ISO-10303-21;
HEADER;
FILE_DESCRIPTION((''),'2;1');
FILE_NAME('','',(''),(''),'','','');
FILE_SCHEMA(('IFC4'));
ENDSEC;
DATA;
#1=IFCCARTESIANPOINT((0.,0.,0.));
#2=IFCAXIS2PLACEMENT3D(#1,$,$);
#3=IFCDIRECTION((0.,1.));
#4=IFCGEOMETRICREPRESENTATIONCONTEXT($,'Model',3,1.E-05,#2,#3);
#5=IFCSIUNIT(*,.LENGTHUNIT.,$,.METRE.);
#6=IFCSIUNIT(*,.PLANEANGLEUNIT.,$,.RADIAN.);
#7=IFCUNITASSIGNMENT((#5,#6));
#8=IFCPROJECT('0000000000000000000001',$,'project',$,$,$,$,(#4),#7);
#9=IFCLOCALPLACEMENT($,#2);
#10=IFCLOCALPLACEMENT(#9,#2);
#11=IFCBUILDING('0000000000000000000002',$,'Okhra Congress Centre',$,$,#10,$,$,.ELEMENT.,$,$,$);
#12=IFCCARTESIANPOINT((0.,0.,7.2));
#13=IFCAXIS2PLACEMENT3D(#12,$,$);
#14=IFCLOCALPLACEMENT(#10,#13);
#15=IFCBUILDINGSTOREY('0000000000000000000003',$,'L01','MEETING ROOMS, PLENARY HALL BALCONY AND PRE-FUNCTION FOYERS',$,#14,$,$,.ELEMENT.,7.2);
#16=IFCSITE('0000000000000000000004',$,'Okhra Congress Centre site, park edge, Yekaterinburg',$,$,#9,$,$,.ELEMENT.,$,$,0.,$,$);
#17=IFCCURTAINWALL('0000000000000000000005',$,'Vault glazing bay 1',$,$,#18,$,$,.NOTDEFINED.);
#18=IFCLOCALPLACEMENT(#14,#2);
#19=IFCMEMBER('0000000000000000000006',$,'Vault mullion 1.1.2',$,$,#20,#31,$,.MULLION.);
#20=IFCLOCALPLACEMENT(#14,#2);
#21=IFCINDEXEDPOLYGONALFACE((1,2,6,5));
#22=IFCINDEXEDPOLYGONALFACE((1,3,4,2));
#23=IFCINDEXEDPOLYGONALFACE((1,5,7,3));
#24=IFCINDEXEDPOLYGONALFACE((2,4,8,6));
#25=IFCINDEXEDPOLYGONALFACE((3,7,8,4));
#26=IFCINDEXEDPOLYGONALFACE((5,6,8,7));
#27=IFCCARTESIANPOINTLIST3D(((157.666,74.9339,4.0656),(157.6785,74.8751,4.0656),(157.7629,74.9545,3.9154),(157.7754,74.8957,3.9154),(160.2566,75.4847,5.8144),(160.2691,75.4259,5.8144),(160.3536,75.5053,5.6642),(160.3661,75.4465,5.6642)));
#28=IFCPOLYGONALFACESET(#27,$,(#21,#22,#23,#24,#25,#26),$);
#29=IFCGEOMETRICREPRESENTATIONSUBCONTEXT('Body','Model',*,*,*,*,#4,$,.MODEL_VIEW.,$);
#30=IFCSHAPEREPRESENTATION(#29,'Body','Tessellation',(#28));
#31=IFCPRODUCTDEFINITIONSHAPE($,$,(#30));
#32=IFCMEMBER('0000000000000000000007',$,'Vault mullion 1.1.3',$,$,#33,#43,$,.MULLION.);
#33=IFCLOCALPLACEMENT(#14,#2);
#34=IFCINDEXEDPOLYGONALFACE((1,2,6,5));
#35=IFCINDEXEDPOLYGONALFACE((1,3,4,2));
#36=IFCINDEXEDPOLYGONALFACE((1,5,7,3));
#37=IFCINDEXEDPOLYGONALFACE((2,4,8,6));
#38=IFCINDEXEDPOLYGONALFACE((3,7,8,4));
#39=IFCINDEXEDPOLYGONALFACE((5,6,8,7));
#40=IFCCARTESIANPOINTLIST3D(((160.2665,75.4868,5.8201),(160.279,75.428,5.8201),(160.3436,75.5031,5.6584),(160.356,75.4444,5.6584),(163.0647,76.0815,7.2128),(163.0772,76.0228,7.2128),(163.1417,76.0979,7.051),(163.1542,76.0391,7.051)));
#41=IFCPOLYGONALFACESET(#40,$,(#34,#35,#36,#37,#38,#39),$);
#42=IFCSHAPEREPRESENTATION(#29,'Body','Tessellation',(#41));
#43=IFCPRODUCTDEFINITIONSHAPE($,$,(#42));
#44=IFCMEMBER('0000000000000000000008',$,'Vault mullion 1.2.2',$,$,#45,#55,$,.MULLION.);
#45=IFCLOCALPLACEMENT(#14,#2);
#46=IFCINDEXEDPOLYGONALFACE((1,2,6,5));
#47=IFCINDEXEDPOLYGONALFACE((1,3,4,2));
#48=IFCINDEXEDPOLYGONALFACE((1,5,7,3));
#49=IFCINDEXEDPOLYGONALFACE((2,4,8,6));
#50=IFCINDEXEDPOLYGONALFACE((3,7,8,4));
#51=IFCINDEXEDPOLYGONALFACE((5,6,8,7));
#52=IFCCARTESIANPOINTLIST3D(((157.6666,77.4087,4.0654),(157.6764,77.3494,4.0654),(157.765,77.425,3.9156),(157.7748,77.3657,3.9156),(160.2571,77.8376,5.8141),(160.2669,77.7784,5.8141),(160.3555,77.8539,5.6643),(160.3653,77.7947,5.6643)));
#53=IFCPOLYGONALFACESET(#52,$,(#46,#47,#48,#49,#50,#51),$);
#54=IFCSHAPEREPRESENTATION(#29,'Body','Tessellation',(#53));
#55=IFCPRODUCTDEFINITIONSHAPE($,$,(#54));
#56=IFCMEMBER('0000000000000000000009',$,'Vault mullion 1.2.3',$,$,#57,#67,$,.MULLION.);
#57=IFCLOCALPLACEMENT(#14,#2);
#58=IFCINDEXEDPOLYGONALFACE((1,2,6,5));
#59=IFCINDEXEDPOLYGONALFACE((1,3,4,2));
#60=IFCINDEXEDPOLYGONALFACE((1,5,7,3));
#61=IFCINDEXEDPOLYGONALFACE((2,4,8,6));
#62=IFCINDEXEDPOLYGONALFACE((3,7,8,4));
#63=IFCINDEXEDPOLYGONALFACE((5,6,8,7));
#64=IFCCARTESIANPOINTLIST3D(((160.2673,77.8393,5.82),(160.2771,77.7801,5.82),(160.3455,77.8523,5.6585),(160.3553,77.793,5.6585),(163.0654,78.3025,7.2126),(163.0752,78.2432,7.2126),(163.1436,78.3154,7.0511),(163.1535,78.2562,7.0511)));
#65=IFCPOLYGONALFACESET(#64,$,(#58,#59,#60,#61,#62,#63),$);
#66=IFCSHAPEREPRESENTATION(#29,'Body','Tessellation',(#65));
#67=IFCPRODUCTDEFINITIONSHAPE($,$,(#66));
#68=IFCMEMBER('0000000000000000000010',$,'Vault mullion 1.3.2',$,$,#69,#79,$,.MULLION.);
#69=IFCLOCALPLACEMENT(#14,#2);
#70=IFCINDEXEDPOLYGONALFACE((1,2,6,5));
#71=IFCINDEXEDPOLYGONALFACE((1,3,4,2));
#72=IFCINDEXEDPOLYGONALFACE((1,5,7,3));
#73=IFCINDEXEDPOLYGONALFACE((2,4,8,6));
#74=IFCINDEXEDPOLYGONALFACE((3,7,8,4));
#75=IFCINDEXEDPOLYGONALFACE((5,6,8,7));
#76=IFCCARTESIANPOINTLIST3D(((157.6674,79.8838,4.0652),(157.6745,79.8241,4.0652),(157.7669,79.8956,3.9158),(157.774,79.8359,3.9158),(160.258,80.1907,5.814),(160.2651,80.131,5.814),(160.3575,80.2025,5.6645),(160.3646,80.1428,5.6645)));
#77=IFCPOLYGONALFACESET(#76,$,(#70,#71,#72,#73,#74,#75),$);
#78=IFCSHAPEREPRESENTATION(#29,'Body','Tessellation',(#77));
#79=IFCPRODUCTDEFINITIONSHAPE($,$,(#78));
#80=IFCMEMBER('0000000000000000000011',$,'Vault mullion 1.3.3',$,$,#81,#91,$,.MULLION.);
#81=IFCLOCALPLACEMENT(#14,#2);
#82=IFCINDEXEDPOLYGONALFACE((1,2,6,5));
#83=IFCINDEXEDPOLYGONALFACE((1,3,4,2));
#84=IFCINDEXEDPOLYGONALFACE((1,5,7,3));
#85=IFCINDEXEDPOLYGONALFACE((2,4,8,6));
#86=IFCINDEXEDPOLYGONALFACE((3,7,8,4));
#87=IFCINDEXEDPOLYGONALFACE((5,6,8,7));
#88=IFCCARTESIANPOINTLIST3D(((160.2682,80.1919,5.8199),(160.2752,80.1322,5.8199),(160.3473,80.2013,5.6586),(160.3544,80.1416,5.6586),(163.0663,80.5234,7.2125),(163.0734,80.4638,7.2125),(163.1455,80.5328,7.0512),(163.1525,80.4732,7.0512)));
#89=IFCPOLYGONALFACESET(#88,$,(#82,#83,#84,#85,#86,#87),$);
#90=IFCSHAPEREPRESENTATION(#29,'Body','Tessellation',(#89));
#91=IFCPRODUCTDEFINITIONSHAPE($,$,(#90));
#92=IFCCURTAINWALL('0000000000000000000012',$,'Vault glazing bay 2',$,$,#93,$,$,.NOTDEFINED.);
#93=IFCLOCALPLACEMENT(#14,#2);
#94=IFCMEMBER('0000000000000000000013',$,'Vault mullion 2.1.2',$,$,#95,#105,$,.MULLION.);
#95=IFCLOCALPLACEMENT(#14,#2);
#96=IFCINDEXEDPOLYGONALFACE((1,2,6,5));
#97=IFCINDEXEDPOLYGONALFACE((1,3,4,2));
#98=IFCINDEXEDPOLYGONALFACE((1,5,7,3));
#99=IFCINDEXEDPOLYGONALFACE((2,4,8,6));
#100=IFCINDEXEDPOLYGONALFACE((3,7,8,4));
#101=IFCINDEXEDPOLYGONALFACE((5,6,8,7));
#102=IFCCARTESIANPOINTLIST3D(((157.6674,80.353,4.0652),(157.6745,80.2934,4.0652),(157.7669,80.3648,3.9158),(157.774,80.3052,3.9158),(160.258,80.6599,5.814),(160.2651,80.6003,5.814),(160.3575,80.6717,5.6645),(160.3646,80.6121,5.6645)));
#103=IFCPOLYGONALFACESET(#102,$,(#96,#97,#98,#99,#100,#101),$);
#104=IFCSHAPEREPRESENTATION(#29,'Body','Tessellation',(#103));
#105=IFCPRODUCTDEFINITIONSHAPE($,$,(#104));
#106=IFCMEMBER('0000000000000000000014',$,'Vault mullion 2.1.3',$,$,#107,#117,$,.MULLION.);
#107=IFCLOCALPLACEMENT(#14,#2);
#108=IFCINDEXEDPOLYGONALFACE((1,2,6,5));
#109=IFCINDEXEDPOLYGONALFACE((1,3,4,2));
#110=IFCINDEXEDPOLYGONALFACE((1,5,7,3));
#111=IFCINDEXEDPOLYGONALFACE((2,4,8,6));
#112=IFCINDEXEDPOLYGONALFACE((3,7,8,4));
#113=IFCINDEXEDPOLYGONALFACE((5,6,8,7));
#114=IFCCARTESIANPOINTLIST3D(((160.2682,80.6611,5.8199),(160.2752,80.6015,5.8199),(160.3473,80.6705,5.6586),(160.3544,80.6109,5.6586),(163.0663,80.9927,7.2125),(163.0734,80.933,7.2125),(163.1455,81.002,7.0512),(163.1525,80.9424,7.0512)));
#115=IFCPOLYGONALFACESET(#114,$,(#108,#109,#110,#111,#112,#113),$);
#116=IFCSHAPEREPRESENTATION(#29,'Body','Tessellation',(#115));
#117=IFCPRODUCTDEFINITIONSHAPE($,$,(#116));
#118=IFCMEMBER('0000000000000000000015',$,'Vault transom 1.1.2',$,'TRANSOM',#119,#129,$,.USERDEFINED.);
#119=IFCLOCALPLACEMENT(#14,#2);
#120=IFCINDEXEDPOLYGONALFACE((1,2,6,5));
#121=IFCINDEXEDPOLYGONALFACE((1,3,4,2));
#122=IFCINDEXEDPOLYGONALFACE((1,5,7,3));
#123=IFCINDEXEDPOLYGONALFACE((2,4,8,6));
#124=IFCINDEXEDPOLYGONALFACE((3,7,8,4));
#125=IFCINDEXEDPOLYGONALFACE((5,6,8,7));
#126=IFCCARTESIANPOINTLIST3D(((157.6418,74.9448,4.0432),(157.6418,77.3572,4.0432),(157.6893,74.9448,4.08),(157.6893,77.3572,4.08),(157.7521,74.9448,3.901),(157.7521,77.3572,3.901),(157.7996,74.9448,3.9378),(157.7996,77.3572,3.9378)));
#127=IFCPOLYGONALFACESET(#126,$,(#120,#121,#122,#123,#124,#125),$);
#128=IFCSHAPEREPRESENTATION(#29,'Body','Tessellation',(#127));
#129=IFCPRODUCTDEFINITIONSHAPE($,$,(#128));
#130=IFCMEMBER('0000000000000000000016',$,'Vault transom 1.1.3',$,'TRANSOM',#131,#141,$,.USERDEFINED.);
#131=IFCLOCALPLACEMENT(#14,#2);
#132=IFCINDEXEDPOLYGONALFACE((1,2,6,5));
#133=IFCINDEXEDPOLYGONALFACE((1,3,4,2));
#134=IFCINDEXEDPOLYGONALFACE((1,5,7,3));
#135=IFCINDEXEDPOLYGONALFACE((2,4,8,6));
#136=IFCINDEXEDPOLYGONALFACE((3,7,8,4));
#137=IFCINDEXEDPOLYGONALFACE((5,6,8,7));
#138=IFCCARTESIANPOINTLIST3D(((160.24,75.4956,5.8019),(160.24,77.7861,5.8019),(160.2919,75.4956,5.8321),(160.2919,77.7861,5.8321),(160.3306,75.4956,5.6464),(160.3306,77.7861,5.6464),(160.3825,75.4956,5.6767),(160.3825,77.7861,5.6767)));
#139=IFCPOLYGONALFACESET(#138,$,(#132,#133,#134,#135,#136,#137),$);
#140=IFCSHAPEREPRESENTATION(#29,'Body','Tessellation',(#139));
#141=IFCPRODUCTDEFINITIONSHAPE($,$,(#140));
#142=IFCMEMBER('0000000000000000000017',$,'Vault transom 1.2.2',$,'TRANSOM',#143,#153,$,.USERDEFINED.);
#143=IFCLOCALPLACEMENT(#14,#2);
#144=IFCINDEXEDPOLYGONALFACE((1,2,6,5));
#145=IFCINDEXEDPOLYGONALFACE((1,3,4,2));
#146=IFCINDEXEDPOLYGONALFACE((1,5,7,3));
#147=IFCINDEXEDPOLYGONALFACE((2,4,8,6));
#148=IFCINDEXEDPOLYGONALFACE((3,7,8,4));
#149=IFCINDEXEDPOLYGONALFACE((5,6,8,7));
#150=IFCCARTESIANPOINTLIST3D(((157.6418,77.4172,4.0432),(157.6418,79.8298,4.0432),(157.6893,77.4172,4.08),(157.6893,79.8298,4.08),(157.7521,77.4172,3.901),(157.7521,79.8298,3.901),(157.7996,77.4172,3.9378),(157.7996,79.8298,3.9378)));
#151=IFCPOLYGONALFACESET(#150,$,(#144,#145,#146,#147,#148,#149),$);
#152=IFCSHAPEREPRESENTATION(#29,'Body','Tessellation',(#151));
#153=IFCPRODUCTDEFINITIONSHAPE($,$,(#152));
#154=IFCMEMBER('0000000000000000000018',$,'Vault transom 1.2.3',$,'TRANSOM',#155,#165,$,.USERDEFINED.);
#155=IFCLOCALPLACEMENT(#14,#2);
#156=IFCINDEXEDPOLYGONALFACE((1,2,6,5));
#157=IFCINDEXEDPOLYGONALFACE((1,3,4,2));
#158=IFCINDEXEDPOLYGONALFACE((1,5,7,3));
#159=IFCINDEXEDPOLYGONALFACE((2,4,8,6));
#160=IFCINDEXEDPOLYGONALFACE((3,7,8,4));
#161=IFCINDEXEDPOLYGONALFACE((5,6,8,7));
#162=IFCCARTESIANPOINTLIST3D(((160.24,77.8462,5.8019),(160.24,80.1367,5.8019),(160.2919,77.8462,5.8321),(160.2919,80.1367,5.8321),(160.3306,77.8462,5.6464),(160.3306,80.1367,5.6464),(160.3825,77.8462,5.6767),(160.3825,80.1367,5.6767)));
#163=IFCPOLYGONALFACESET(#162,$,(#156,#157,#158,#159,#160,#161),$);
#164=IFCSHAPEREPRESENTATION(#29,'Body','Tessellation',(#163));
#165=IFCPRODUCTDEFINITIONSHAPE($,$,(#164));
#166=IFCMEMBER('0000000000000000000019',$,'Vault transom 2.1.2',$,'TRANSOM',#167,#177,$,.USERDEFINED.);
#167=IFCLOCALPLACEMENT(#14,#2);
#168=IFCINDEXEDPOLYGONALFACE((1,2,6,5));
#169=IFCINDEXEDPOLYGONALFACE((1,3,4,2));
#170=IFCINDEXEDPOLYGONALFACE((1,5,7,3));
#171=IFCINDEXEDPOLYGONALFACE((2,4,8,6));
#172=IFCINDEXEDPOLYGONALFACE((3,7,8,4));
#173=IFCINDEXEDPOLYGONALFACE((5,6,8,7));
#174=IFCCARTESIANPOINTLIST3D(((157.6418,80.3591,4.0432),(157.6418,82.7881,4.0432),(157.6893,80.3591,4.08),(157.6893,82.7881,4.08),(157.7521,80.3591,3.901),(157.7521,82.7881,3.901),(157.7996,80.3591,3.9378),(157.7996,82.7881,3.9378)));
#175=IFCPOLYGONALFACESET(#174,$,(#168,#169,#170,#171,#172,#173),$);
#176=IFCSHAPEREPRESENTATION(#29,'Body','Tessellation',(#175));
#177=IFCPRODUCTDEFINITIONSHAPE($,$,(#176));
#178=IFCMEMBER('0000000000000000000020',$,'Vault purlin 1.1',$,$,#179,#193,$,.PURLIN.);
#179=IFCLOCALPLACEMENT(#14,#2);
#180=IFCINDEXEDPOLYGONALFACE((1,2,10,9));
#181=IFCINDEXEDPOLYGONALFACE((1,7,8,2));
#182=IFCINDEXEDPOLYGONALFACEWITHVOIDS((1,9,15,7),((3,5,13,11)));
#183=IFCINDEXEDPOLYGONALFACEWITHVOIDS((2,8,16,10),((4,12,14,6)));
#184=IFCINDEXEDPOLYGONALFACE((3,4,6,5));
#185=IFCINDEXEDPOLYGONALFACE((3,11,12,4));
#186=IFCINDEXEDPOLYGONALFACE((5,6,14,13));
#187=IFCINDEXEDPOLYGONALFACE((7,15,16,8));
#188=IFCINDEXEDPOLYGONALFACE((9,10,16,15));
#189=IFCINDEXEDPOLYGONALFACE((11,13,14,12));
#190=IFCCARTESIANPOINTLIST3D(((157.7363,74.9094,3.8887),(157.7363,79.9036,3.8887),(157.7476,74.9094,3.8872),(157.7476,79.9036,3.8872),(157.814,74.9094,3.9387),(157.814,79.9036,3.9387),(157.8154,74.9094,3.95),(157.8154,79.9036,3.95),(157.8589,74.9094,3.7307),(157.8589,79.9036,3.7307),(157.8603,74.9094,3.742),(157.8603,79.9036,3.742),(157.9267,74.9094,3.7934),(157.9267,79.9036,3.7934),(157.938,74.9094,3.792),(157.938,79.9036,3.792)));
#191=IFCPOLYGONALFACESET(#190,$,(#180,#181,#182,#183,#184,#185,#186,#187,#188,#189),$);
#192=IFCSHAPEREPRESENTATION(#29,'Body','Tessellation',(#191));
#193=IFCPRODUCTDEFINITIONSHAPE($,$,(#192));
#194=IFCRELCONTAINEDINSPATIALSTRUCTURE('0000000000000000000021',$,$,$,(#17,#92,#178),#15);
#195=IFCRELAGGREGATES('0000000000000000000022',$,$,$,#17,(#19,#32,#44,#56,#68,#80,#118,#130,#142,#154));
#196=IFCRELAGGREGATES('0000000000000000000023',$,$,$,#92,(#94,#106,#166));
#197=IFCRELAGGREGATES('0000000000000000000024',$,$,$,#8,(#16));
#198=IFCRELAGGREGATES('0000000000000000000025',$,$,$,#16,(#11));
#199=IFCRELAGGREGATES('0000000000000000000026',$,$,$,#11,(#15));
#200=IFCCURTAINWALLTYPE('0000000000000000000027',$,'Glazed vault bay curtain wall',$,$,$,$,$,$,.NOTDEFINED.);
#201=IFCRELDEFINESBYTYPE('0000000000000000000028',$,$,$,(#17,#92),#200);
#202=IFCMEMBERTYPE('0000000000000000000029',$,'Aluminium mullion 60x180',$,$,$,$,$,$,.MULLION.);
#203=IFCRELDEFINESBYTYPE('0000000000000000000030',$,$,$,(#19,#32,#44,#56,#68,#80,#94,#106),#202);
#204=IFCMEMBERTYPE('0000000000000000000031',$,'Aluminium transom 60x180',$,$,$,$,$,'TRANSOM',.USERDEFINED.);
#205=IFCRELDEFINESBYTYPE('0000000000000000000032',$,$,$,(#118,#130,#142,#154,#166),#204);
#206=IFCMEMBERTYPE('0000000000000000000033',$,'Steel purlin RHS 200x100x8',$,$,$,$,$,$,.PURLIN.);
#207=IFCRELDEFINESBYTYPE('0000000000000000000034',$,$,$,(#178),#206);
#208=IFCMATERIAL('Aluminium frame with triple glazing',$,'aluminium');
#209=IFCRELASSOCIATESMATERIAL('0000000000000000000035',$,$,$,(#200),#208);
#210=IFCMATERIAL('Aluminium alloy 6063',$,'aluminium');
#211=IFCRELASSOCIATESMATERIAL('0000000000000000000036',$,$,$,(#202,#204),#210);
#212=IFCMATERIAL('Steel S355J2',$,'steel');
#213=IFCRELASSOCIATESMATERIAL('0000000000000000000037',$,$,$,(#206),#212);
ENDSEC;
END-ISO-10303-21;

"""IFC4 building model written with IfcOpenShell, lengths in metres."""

from ifc_helpers import new_model, si_unit, direction, frame, origin, origin_2d, place, context, subcontext, project, spatial, rectangle, hollow_rectangle, extrude, material, material_profile, profile_set, type_object, element, aggregate, save


model = new_model("IFC4")

# Units and contexts
model_context = context("Model", 3, precision=1e-05, world=origin(), true_north=direction((0.0, 1.0)))
body_context = subcontext(model_context, "Body", "Model", "MODEL_VIEW")
ifc_project = project(units=[si_unit("LENGTHUNIT", "METRE"), si_unit("PLANEANGLEUNIT", "RADIAN")], contexts=[model_context])

# Site, building, storey
site_placement = place(None, origin())
site = spatial("IfcSite", under=ifc_project, at=site_placement, Name="Okhra Congress Centre site, park edge, Yekaterinburg", CompositionType="ELEMENT", RefElevation=0.0)
building_placement = place(site_placement, origin())
building = spatial("IfcBuilding", under=site, at=building_placement, Name="Okhra Congress Centre", CompositionType="ELEMENT")
storey_placement = place(building_placement, frame((0.0, 0.0, 7.2)))
storey = spatial("IfcBuildingStorey", under=building, at=storey_placement, Name="L01", Description="MEETING ROOMS, PLENARY HALL BALCONY AND PRE-FUNCTION FOYERS", CompositionType="ELEMENT", Elevation=7.2)

# Curtain walls, members
ifc_material_1 = material(Name="Aluminium frame with triple glazing", Category="aluminium")
curtain_wall_type = type_object("IfcCurtainWallType", Name="Glazed vault bay curtain wall", PredefinedType="NOTDEFINED", material=ifc_material_1)
curtain_wall_1_placement = place(storey_placement, origin())
curtain_wall_1 = element("IfcCurtainWall", 1, at=curtain_wall_1_placement, inside=storey, type_object=curtain_wall_type, Name="Vault glazing bay 1", PredefinedType="NOTDEFINED")
ifc_material_2 = material(Name="Aluminium alloy 6063", Category="aluminium")
ifc_material_profile_1 = material_profile(ifc_material_2, rectangle(XDim=0.0601, YDim=0.1799, at=origin_2d()), Name="AL 60x180")
ifc_profile_set_1 = profile_set([ifc_material_profile_1], Name="Aluminium alloy 6063")
member_type_1 = type_object("IfcMemberType", Name="Aluminium mullion 60x180", PredefinedType="MULLION", material=ifc_profile_set_1)
member_1_placement = place(storey_placement, frame((157.7207, 74.9148, 3.9905), z_axis=(0.816251, 0.173543, 0.551014), x_axis=(-0.207961, 0.978137, 0.0)))
member_1 = element("IfcMember", 2, at=member_1_placement, type_object=member_type_1, Name="Vault mullion 1.1.2", PredefinedType="MULLION", context=body_context, shape_type="SweptSolid", body=[
    extrude(rectangle(XDim=0.0601, YDim=0.1799, at=origin_2d()), origin(), (0.0, 0.0, 1.0), 3.1738),
])
member_2_placement = place(storey_placement, frame((160.3113, 75.4656, 5.7393), z_axis=(0.879473, 0.186929, 0.437703), x_axis=(-0.207903, 0.97815, 0.0)))
member_2 = element("IfcMember", 3, at=member_2_placement, type_object=member_type_1, Name="Vault mullion 1.1.3", PredefinedType="MULLION", context=body_context, shape_type="SweptSolid", body=[
    extrude(rectangle(XDim=0.0601, YDim=0.1799, at=origin_2d()), origin(), (0.0, 0.0, 1.0), 3.1816),
])
member_3_placement = place(storey_placement, frame((157.7207, 77.3872, 3.9905), z_axis=(0.821131, 0.135965, 0.554308), x_axis=(-0.163359, 0.986567, 0.0)))
member_3 = element("IfcMember", 4, at=member_3_placement, type_object=member_type_1, Name="Vault mullion 1.2.2", PredefinedType="MULLION", context=body_context, shape_type="SweptSolid", body=[
    extrude(rectangle(XDim=0.0601, YDim=0.1799, at=origin_2d()), origin(), (0.0, 0.0, 1.0), 3.1548),
])
member_4_placement = place(storey_placement, frame((160.3113, 77.8162, 5.7393), z_axis=(0.885584, 0.14658, 0.440744), x_axis=(-0.163296, 0.986577, 0.0)))
member_4 = element("IfcMember", 5, at=member_4_placement, type_object=member_type_1, Name="Vault mullion 1.2.3", PredefinedType="MULLION", context=body_context, shape_type="SweptSolid", body=[
    extrude(rectangle(XDim=0.0601, YDim=0.1799, at=origin_2d()), origin(), (0.0, 0.0, 1.0), 3.1597),
])
member_5_placement = place(storey_placement, frame((157.7207, 79.8599, 3.9905), z_axis=(0.824861, 0.097715, 0.556826), x_axis=(-0.117639, 0.993056, 0.0)))
member_5 = element("IfcMember", 6, at=member_5_placement, type_object=member_type_1, Name="Vault mullion 1.3.2", PredefinedType="MULLION", context=body_context, shape_type="SweptSolid", body=[
    extrude(rectangle(XDim=0.0601, YDim=0.1799, at=origin_2d()), origin(), (0.0, 0.0, 1.0), 3.1406),
])
member_6_placement = place(storey_placement, frame((160.3113, 80.1667, 5.7393), z_axis=(0.890259, 0.105486, 0.443071), x_axis=(-0.117666, 0.993053, 0.0)))
member_6 = element("IfcMember", 7, at=member_6_placement, type_object=member_type_1, Name="Vault mullion 1.3.3", PredefinedType="MULLION", context=body_context, shape_type="SweptSolid", body=[
    extrude(rectangle(XDim=0.0601, YDim=0.1799, at=origin_2d()), origin(), (0.0, 0.0, 1.0), 3.1431),
])
curtain_wall_2_placement = place(storey_placement, origin())
curtain_wall_2 = element("IfcCurtainWall", 8, at=curtain_wall_2_placement, inside=storey, type_object=curtain_wall_type, Name="Vault glazing bay 2", PredefinedType="NOTDEFINED")
member_7_placement = place(storey_placement, frame((157.7207, 80.3291, 3.9905), z_axis=(0.824861, 0.097715, 0.556826), x_axis=(-0.117639, 0.993056, 0.0)))
member_7 = element("IfcMember", 9, at=member_7_placement, type_object=member_type_1, Name="Vault mullion 2.1.2", PredefinedType="MULLION", context=body_context, shape_type="SweptSolid", body=[
    extrude(rectangle(XDim=0.0601, YDim=0.1799, at=origin_2d()), origin(), (0.0, 0.0, 1.0), 3.1406),
])
member_8_placement = place(storey_placement, frame((160.3113, 80.636, 5.7393), z_axis=(0.890259, 0.105486, 0.443071), x_axis=(-0.117666, 0.993053, 0.0)))
member_8 = element("IfcMember", 10, at=member_8_placement, type_object=member_type_1, Name="Vault mullion 2.1.3", PredefinedType="MULLION", context=body_context, shape_type="SweptSolid", body=[
    extrude(rectangle(XDim=0.0601, YDim=0.1799, at=origin_2d()), origin(), (0.0, 0.0, 1.0), 3.1431),
])

# Members
ifc_material_profile_2 = material_profile(ifc_material_2, rectangle(XDim=0.0601, YDim=0.1799, at=origin_2d()), Name="AL 60x180 transom")
ifc_profile_set_2 = profile_set([ifc_material_profile_2], Name="Aluminium alloy 6063")
member_type_2 = type_object("IfcMemberType", Name="Aluminium transom 60x180", ElementType="TRANSOM", PredefinedType="USERDEFINED", material=ifc_profile_set_2)
member_9_placement = place(storey_placement, frame((157.7207, 74.9448, 3.9905), z_axis=(0.0, 1.0, 0.0), x_axis=(-0.790145, 0.0, -0.61292)))
member_9 = element("IfcMember", 11, at=member_9_placement, type_object=member_type_2, Name="Vault transom 1.1.2", ObjectType="TRANSOM", PredefinedType="USERDEFINED", context=body_context, shape_type="SweptSolid", body=[
    extrude(rectangle(XDim=0.0601, YDim=0.1799, at=origin_2d()), origin(), (0.0, 0.0, 1.0), 2.4124),
])
member_10_placement = place(storey_placement, frame((160.3113, 75.4956, 5.7393), z_axis=(0.0, 1.0, 0.0), x_axis=(-0.863917, 0.0, -0.503634)))
member_10 = element("IfcMember", 12, at=member_10_placement, type_object=member_type_2, Name="Vault transom 1.1.3", ObjectType="TRANSOM", PredefinedType="USERDEFINED", context=body_context, shape_type="SweptSolid", body=[
    extrude(rectangle(XDim=0.0601, YDim=0.1799, at=origin_2d()), origin(), (0.0, 0.0, 1.0), 2.2905),
])
member_11_placement = place(storey_placement, frame((157.7207, 77.4172, 3.9905), z_axis=(0.0, 1.0, 0.0), x_axis=(-0.790145, 0.0, -0.61292)))
member_11 = element("IfcMember", 13, at=member_11_placement, type_object=member_type_2, Name="Vault transom 1.2.2", ObjectType="TRANSOM", PredefinedType="USERDEFINED", context=body_context, shape_type="SweptSolid", body=[
    extrude(rectangle(XDim=0.0601, YDim=0.1799, at=origin_2d()), origin(), (0.0, 0.0, 1.0), 2.4126),
])
member_12_placement = place(storey_placement, frame((160.3113, 77.8462, 5.7393), z_axis=(0.0, 1.0, 0.0), x_axis=(-0.863917, 0.0, -0.503634)))
member_12 = element("IfcMember", 14, at=member_12_placement, type_object=member_type_2, Name="Vault transom 1.2.3", ObjectType="TRANSOM", PredefinedType="USERDEFINED", context=body_context, shape_type="SweptSolid", body=[
    extrude(rectangle(XDim=0.0601, YDim=0.1799, at=origin_2d()), origin(), (0.0, 0.0, 1.0), 2.2905),
])
member_13_placement = place(storey_placement, frame((157.7207, 80.3591, 3.9905), z_axis=(0.0, 1.0, 0.0), x_axis=(-0.790145, 0.0, -0.61292)))
member_13 = element("IfcMember", 15, at=member_13_placement, type_object=member_type_2, Name="Vault transom 2.1.2", ObjectType="TRANSOM", PredefinedType="USERDEFINED", context=body_context, shape_type="SweptSolid", body=[
    extrude(rectangle(XDim=0.0601, YDim=0.1799, at=origin_2d()), origin(), (0.0, 0.0, 1.0), 2.429),
])

# Member
ifc_material_3 = material(Name="Steel S355J2", Category="steel")
ifc_material_profile_3 = material_profile(ifc_material_3, hollow_rectangle(XDim=0.1001, YDim=0.2, WallThickness=0.0081, at=origin_2d()), Name="RHS 200x100x8")
ifc_profile_set_3 = profile_set([ifc_material_profile_3], Name="Steel S355J2")
member_type_3 = type_object("IfcMemberType", Name="Steel purlin RHS 200x100x8", PredefinedType="PURLIN", material=ifc_profile_set_3)
member_14_placement = place(storey_placement, frame((157.8372, 74.9094, 3.8403), z_axis=(0.0, 1.0, 0.0), x_axis=(-0.790145, 0.0, -0.61292)))
element("IfcMember", 16, at=member_14_placement, inside=storey, type_object=member_type_3, Name="Vault purlin 1.1", PredefinedType="PURLIN", context=body_context, shape_type="SweptSolid", body=[
    extrude(hollow_rectangle(XDim=0.1001, YDim=0.2, WallThickness=0.0081, at=origin_2d()), origin(), (0.0, 0.0, 1.0), 4.9941),
])

aggregate(curtain_wall_1, [member_1, member_2, member_3, member_4, member_5, member_6, member_9, member_10, member_11, member_12])
aggregate(curtain_wall_2, [member_7, member_8, member_13])

save(model, "model.ifc")
